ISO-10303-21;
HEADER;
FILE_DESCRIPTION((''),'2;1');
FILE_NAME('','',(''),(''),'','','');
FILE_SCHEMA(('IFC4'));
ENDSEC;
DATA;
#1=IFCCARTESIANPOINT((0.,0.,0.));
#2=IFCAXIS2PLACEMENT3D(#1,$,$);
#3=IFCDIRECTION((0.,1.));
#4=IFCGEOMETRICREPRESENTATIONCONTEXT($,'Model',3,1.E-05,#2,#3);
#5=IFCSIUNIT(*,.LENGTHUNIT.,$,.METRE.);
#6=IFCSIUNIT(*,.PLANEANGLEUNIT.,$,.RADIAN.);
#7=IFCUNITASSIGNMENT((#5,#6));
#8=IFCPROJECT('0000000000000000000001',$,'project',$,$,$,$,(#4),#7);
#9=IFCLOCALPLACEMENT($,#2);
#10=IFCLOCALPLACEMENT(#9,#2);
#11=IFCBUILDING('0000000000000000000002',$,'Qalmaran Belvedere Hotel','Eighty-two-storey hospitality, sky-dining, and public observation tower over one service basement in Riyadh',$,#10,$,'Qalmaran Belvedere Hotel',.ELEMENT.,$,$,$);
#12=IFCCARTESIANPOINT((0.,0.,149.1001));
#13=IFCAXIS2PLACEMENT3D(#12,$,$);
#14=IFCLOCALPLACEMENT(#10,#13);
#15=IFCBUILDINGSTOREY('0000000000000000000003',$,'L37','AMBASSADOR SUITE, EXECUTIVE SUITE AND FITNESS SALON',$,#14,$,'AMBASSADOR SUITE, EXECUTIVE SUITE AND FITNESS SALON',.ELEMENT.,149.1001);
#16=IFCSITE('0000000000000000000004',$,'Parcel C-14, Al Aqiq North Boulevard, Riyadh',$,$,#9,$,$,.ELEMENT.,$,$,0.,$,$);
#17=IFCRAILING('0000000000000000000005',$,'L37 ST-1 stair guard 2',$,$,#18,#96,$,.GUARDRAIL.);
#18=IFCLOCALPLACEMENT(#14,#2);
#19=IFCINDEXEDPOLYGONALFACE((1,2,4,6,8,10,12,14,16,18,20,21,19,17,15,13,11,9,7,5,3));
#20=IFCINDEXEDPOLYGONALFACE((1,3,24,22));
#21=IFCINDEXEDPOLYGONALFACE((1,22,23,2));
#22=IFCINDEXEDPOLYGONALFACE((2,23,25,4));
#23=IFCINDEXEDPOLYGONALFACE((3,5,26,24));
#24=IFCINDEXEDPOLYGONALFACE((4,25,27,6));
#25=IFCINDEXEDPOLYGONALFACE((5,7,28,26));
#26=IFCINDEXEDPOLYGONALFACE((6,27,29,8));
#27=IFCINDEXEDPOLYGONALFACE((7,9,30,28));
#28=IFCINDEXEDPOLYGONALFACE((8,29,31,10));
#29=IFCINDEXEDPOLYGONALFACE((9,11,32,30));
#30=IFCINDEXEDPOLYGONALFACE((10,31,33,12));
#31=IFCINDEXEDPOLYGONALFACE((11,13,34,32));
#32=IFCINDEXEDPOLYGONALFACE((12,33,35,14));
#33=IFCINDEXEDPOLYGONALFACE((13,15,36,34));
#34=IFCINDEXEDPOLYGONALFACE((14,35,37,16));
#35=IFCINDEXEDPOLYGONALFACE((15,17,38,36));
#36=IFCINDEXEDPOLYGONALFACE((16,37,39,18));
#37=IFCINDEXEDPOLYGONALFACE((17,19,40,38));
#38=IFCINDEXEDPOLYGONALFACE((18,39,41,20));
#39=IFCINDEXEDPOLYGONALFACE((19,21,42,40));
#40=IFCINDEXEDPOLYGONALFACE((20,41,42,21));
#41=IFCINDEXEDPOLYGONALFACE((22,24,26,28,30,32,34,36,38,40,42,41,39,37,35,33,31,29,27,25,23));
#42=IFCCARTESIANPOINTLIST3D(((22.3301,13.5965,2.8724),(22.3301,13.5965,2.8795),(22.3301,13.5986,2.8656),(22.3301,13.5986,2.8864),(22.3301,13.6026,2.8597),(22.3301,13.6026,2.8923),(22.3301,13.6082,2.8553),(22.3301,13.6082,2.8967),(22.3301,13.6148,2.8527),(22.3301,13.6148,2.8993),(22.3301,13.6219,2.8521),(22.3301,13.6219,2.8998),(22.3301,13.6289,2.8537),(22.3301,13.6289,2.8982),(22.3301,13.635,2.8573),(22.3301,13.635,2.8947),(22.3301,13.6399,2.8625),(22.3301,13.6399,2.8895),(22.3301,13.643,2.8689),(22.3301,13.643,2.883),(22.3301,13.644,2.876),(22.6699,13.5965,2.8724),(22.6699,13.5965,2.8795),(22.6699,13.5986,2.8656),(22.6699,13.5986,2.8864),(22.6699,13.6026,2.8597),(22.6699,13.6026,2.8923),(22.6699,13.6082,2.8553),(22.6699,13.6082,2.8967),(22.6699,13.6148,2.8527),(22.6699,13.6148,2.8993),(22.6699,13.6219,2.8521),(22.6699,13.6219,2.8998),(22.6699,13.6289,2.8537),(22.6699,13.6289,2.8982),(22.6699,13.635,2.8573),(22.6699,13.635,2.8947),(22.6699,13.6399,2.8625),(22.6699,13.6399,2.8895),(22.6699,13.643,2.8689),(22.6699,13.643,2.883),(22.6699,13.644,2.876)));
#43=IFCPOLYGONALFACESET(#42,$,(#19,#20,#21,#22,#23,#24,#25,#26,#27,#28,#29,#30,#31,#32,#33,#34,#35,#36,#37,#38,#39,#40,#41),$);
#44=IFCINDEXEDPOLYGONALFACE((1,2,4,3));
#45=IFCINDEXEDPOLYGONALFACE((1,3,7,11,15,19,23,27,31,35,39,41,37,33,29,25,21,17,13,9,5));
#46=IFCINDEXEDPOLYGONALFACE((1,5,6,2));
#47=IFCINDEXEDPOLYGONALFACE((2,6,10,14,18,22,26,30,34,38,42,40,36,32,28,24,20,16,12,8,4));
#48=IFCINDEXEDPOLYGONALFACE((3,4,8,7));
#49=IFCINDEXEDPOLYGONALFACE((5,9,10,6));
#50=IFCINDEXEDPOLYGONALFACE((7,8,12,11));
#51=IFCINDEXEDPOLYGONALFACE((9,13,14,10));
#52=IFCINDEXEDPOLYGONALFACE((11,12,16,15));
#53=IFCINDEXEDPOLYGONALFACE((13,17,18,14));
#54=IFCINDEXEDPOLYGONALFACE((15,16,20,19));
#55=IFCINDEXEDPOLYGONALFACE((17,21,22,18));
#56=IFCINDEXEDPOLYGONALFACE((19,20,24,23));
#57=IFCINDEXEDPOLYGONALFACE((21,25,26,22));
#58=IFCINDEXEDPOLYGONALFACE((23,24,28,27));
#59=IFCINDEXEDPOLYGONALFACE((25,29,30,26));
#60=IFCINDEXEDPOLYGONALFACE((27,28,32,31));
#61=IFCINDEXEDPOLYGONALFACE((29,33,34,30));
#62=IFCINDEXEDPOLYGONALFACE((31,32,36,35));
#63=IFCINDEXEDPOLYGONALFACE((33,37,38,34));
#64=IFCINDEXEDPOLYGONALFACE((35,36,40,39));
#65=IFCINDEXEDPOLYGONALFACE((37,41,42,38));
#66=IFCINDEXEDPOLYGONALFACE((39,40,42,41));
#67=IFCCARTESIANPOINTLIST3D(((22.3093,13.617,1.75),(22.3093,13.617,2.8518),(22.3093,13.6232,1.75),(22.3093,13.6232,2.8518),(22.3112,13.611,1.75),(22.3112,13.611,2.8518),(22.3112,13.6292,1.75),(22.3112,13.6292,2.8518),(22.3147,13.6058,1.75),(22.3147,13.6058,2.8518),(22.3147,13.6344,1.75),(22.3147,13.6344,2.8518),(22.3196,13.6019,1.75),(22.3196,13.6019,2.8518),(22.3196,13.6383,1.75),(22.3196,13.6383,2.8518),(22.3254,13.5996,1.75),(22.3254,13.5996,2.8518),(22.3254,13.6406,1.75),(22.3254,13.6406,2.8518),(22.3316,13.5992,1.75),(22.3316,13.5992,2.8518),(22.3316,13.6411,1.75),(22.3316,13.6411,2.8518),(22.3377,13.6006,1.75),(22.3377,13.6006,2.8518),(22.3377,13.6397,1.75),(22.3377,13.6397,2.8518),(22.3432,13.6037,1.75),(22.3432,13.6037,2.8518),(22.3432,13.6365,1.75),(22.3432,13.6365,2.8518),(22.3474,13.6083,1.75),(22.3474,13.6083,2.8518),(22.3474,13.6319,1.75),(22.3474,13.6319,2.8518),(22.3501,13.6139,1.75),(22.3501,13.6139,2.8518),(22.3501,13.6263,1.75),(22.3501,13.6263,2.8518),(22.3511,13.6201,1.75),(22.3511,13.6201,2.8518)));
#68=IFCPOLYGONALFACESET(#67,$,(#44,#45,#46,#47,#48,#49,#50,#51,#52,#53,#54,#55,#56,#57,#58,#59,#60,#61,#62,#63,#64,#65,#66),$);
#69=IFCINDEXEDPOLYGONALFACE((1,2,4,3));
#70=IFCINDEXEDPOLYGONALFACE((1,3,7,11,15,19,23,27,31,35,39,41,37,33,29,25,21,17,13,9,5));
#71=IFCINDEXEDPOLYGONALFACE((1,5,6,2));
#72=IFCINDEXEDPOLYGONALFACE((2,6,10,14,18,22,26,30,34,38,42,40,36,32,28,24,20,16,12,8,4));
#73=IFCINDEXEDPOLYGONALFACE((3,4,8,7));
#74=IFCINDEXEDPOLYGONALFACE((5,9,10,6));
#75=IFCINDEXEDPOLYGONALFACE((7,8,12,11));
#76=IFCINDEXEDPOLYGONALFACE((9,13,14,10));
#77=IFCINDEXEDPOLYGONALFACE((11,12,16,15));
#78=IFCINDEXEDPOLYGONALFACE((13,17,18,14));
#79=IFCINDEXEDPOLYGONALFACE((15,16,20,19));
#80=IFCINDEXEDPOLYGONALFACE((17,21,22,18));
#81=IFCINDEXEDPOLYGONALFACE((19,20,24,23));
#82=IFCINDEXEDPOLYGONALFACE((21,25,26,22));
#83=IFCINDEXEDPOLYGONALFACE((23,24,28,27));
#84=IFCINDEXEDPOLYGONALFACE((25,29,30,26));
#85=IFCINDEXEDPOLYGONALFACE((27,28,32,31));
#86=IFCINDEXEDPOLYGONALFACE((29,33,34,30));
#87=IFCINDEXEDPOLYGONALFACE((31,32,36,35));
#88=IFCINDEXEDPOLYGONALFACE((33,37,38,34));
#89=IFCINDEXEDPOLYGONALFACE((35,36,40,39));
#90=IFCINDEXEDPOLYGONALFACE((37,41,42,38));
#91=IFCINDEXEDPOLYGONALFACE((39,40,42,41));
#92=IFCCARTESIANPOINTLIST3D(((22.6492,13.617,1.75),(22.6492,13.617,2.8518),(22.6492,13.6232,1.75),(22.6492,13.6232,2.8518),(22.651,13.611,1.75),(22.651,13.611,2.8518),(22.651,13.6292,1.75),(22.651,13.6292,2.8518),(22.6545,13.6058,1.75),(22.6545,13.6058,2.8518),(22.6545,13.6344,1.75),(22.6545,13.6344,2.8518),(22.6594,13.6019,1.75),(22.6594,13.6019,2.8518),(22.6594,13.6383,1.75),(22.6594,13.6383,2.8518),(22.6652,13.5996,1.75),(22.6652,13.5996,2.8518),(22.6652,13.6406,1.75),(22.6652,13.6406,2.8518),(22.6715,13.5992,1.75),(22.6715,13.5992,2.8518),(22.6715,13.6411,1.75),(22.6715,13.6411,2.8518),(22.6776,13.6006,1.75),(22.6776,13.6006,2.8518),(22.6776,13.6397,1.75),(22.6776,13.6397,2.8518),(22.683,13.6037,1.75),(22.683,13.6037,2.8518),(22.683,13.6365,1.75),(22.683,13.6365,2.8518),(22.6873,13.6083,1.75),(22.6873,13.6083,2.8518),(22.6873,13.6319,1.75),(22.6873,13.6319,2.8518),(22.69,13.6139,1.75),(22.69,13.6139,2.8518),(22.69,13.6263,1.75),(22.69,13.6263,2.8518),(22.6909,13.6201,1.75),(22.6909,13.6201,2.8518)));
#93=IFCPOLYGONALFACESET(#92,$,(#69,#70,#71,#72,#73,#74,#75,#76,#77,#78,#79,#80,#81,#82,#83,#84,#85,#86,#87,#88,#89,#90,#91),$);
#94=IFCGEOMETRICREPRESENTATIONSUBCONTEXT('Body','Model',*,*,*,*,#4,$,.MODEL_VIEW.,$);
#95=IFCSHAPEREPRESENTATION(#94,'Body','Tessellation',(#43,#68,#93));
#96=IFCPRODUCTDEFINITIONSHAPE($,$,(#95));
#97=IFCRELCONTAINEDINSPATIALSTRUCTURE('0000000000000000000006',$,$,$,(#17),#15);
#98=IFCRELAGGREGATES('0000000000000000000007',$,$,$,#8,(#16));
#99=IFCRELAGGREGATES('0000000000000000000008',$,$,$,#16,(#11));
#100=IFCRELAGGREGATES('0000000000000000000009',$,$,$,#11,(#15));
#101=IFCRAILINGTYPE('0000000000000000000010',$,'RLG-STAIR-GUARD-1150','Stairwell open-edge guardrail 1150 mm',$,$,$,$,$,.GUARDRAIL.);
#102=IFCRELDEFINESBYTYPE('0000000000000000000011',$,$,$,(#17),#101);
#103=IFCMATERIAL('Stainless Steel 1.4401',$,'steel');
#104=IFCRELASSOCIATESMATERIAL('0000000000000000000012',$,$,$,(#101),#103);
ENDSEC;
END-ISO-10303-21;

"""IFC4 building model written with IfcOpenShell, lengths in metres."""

from ifc_helpers import new_model, si_unit, direction, frame, origin, origin_2d, place, context, subcontext, project, spatial, circle, extrude, material, type_object, element, save


model = new_model("IFC4")

# Units and contexts
model_context = context("Model", 3, precision=1e-05, world=origin(), true_north=direction((0.0, 1.0)))
body_context = subcontext(model_context, "Body", "Model", "MODEL_VIEW")
ifc_project = project(units=[si_unit("LENGTHUNIT", "METRE"), si_unit("PLANEANGLEUNIT", "RADIAN")], contexts=[model_context])

# Site, building, storey
site_placement = place(None, origin())
site = spatial("IfcSite", under=ifc_project, at=site_placement, Name="Parcel C-14, Al Aqiq North Boulevard, Riyadh", CompositionType="ELEMENT", RefElevation=0.0)
building_placement = place(site_placement, origin())
building = spatial("IfcBuilding", under=site, at=building_placement, Name="Qalmaran Belvedere Hotel", Description="Eighty-two-storey hospitality, sky-dining, and public observation tower over one service basement in Riyadh", LongName="Qalmaran Belvedere Hotel", CompositionType="ELEMENT")
storey_placement = place(building_placement, frame((0.0, 0.0, 149.1001)))
storey = spatial("IfcBuildingStorey", under=building, at=storey_placement, Name="L37", Description="AMBASSADOR SUITE, EXECUTIVE SUITE AND FITNESS SALON", LongName="AMBASSADOR SUITE, EXECUTIVE SUITE AND FITNESS SALON", CompositionType="ELEMENT", Elevation=149.1001)

# Railing
ifc_material_1 = material(Name="Stainless Steel 1.4401", Category="steel")
railing_type_1 = type_object("IfcRailingType", Name="RLG-STAIR-GUARD-1150", Description="Stairwell open-edge guardrail 1150 mm", PredefinedType="GUARDRAIL", material=ifc_material_1)
railing_1_placement = place(storey_placement, frame((22.3301, 13.6201, 1.75)))
element("IfcRailing", 1, at=railing_1_placement, inside=storey, type_object=railing_type_1, Name="L37 ST-1 stair guard 2", PredefinedType="GUARDRAIL", context=body_context, shape_type="SweptSolid", body=[
    extrude(circle(Radius=0.0239, at=origin_2d()), frame((0.0, 0.0, 1.126), z_axis=(1.0, 0.0, 0.0), x_axis=(0.0, 1.0, 0.0)), (0.0, 0.0, 1.0), 0.3398),
    extrude(circle(Radius=0.021, at=origin_2d()), origin(), (0.0, 0.0, 1.0), 1.1018),
    extrude(circle(Radius=0.021, at=origin_2d()), frame((0.3398, 0.0, 0.0)), (0.0, 0.0, 1.0), 1.1018),
])

save(model, "model.ifc")
